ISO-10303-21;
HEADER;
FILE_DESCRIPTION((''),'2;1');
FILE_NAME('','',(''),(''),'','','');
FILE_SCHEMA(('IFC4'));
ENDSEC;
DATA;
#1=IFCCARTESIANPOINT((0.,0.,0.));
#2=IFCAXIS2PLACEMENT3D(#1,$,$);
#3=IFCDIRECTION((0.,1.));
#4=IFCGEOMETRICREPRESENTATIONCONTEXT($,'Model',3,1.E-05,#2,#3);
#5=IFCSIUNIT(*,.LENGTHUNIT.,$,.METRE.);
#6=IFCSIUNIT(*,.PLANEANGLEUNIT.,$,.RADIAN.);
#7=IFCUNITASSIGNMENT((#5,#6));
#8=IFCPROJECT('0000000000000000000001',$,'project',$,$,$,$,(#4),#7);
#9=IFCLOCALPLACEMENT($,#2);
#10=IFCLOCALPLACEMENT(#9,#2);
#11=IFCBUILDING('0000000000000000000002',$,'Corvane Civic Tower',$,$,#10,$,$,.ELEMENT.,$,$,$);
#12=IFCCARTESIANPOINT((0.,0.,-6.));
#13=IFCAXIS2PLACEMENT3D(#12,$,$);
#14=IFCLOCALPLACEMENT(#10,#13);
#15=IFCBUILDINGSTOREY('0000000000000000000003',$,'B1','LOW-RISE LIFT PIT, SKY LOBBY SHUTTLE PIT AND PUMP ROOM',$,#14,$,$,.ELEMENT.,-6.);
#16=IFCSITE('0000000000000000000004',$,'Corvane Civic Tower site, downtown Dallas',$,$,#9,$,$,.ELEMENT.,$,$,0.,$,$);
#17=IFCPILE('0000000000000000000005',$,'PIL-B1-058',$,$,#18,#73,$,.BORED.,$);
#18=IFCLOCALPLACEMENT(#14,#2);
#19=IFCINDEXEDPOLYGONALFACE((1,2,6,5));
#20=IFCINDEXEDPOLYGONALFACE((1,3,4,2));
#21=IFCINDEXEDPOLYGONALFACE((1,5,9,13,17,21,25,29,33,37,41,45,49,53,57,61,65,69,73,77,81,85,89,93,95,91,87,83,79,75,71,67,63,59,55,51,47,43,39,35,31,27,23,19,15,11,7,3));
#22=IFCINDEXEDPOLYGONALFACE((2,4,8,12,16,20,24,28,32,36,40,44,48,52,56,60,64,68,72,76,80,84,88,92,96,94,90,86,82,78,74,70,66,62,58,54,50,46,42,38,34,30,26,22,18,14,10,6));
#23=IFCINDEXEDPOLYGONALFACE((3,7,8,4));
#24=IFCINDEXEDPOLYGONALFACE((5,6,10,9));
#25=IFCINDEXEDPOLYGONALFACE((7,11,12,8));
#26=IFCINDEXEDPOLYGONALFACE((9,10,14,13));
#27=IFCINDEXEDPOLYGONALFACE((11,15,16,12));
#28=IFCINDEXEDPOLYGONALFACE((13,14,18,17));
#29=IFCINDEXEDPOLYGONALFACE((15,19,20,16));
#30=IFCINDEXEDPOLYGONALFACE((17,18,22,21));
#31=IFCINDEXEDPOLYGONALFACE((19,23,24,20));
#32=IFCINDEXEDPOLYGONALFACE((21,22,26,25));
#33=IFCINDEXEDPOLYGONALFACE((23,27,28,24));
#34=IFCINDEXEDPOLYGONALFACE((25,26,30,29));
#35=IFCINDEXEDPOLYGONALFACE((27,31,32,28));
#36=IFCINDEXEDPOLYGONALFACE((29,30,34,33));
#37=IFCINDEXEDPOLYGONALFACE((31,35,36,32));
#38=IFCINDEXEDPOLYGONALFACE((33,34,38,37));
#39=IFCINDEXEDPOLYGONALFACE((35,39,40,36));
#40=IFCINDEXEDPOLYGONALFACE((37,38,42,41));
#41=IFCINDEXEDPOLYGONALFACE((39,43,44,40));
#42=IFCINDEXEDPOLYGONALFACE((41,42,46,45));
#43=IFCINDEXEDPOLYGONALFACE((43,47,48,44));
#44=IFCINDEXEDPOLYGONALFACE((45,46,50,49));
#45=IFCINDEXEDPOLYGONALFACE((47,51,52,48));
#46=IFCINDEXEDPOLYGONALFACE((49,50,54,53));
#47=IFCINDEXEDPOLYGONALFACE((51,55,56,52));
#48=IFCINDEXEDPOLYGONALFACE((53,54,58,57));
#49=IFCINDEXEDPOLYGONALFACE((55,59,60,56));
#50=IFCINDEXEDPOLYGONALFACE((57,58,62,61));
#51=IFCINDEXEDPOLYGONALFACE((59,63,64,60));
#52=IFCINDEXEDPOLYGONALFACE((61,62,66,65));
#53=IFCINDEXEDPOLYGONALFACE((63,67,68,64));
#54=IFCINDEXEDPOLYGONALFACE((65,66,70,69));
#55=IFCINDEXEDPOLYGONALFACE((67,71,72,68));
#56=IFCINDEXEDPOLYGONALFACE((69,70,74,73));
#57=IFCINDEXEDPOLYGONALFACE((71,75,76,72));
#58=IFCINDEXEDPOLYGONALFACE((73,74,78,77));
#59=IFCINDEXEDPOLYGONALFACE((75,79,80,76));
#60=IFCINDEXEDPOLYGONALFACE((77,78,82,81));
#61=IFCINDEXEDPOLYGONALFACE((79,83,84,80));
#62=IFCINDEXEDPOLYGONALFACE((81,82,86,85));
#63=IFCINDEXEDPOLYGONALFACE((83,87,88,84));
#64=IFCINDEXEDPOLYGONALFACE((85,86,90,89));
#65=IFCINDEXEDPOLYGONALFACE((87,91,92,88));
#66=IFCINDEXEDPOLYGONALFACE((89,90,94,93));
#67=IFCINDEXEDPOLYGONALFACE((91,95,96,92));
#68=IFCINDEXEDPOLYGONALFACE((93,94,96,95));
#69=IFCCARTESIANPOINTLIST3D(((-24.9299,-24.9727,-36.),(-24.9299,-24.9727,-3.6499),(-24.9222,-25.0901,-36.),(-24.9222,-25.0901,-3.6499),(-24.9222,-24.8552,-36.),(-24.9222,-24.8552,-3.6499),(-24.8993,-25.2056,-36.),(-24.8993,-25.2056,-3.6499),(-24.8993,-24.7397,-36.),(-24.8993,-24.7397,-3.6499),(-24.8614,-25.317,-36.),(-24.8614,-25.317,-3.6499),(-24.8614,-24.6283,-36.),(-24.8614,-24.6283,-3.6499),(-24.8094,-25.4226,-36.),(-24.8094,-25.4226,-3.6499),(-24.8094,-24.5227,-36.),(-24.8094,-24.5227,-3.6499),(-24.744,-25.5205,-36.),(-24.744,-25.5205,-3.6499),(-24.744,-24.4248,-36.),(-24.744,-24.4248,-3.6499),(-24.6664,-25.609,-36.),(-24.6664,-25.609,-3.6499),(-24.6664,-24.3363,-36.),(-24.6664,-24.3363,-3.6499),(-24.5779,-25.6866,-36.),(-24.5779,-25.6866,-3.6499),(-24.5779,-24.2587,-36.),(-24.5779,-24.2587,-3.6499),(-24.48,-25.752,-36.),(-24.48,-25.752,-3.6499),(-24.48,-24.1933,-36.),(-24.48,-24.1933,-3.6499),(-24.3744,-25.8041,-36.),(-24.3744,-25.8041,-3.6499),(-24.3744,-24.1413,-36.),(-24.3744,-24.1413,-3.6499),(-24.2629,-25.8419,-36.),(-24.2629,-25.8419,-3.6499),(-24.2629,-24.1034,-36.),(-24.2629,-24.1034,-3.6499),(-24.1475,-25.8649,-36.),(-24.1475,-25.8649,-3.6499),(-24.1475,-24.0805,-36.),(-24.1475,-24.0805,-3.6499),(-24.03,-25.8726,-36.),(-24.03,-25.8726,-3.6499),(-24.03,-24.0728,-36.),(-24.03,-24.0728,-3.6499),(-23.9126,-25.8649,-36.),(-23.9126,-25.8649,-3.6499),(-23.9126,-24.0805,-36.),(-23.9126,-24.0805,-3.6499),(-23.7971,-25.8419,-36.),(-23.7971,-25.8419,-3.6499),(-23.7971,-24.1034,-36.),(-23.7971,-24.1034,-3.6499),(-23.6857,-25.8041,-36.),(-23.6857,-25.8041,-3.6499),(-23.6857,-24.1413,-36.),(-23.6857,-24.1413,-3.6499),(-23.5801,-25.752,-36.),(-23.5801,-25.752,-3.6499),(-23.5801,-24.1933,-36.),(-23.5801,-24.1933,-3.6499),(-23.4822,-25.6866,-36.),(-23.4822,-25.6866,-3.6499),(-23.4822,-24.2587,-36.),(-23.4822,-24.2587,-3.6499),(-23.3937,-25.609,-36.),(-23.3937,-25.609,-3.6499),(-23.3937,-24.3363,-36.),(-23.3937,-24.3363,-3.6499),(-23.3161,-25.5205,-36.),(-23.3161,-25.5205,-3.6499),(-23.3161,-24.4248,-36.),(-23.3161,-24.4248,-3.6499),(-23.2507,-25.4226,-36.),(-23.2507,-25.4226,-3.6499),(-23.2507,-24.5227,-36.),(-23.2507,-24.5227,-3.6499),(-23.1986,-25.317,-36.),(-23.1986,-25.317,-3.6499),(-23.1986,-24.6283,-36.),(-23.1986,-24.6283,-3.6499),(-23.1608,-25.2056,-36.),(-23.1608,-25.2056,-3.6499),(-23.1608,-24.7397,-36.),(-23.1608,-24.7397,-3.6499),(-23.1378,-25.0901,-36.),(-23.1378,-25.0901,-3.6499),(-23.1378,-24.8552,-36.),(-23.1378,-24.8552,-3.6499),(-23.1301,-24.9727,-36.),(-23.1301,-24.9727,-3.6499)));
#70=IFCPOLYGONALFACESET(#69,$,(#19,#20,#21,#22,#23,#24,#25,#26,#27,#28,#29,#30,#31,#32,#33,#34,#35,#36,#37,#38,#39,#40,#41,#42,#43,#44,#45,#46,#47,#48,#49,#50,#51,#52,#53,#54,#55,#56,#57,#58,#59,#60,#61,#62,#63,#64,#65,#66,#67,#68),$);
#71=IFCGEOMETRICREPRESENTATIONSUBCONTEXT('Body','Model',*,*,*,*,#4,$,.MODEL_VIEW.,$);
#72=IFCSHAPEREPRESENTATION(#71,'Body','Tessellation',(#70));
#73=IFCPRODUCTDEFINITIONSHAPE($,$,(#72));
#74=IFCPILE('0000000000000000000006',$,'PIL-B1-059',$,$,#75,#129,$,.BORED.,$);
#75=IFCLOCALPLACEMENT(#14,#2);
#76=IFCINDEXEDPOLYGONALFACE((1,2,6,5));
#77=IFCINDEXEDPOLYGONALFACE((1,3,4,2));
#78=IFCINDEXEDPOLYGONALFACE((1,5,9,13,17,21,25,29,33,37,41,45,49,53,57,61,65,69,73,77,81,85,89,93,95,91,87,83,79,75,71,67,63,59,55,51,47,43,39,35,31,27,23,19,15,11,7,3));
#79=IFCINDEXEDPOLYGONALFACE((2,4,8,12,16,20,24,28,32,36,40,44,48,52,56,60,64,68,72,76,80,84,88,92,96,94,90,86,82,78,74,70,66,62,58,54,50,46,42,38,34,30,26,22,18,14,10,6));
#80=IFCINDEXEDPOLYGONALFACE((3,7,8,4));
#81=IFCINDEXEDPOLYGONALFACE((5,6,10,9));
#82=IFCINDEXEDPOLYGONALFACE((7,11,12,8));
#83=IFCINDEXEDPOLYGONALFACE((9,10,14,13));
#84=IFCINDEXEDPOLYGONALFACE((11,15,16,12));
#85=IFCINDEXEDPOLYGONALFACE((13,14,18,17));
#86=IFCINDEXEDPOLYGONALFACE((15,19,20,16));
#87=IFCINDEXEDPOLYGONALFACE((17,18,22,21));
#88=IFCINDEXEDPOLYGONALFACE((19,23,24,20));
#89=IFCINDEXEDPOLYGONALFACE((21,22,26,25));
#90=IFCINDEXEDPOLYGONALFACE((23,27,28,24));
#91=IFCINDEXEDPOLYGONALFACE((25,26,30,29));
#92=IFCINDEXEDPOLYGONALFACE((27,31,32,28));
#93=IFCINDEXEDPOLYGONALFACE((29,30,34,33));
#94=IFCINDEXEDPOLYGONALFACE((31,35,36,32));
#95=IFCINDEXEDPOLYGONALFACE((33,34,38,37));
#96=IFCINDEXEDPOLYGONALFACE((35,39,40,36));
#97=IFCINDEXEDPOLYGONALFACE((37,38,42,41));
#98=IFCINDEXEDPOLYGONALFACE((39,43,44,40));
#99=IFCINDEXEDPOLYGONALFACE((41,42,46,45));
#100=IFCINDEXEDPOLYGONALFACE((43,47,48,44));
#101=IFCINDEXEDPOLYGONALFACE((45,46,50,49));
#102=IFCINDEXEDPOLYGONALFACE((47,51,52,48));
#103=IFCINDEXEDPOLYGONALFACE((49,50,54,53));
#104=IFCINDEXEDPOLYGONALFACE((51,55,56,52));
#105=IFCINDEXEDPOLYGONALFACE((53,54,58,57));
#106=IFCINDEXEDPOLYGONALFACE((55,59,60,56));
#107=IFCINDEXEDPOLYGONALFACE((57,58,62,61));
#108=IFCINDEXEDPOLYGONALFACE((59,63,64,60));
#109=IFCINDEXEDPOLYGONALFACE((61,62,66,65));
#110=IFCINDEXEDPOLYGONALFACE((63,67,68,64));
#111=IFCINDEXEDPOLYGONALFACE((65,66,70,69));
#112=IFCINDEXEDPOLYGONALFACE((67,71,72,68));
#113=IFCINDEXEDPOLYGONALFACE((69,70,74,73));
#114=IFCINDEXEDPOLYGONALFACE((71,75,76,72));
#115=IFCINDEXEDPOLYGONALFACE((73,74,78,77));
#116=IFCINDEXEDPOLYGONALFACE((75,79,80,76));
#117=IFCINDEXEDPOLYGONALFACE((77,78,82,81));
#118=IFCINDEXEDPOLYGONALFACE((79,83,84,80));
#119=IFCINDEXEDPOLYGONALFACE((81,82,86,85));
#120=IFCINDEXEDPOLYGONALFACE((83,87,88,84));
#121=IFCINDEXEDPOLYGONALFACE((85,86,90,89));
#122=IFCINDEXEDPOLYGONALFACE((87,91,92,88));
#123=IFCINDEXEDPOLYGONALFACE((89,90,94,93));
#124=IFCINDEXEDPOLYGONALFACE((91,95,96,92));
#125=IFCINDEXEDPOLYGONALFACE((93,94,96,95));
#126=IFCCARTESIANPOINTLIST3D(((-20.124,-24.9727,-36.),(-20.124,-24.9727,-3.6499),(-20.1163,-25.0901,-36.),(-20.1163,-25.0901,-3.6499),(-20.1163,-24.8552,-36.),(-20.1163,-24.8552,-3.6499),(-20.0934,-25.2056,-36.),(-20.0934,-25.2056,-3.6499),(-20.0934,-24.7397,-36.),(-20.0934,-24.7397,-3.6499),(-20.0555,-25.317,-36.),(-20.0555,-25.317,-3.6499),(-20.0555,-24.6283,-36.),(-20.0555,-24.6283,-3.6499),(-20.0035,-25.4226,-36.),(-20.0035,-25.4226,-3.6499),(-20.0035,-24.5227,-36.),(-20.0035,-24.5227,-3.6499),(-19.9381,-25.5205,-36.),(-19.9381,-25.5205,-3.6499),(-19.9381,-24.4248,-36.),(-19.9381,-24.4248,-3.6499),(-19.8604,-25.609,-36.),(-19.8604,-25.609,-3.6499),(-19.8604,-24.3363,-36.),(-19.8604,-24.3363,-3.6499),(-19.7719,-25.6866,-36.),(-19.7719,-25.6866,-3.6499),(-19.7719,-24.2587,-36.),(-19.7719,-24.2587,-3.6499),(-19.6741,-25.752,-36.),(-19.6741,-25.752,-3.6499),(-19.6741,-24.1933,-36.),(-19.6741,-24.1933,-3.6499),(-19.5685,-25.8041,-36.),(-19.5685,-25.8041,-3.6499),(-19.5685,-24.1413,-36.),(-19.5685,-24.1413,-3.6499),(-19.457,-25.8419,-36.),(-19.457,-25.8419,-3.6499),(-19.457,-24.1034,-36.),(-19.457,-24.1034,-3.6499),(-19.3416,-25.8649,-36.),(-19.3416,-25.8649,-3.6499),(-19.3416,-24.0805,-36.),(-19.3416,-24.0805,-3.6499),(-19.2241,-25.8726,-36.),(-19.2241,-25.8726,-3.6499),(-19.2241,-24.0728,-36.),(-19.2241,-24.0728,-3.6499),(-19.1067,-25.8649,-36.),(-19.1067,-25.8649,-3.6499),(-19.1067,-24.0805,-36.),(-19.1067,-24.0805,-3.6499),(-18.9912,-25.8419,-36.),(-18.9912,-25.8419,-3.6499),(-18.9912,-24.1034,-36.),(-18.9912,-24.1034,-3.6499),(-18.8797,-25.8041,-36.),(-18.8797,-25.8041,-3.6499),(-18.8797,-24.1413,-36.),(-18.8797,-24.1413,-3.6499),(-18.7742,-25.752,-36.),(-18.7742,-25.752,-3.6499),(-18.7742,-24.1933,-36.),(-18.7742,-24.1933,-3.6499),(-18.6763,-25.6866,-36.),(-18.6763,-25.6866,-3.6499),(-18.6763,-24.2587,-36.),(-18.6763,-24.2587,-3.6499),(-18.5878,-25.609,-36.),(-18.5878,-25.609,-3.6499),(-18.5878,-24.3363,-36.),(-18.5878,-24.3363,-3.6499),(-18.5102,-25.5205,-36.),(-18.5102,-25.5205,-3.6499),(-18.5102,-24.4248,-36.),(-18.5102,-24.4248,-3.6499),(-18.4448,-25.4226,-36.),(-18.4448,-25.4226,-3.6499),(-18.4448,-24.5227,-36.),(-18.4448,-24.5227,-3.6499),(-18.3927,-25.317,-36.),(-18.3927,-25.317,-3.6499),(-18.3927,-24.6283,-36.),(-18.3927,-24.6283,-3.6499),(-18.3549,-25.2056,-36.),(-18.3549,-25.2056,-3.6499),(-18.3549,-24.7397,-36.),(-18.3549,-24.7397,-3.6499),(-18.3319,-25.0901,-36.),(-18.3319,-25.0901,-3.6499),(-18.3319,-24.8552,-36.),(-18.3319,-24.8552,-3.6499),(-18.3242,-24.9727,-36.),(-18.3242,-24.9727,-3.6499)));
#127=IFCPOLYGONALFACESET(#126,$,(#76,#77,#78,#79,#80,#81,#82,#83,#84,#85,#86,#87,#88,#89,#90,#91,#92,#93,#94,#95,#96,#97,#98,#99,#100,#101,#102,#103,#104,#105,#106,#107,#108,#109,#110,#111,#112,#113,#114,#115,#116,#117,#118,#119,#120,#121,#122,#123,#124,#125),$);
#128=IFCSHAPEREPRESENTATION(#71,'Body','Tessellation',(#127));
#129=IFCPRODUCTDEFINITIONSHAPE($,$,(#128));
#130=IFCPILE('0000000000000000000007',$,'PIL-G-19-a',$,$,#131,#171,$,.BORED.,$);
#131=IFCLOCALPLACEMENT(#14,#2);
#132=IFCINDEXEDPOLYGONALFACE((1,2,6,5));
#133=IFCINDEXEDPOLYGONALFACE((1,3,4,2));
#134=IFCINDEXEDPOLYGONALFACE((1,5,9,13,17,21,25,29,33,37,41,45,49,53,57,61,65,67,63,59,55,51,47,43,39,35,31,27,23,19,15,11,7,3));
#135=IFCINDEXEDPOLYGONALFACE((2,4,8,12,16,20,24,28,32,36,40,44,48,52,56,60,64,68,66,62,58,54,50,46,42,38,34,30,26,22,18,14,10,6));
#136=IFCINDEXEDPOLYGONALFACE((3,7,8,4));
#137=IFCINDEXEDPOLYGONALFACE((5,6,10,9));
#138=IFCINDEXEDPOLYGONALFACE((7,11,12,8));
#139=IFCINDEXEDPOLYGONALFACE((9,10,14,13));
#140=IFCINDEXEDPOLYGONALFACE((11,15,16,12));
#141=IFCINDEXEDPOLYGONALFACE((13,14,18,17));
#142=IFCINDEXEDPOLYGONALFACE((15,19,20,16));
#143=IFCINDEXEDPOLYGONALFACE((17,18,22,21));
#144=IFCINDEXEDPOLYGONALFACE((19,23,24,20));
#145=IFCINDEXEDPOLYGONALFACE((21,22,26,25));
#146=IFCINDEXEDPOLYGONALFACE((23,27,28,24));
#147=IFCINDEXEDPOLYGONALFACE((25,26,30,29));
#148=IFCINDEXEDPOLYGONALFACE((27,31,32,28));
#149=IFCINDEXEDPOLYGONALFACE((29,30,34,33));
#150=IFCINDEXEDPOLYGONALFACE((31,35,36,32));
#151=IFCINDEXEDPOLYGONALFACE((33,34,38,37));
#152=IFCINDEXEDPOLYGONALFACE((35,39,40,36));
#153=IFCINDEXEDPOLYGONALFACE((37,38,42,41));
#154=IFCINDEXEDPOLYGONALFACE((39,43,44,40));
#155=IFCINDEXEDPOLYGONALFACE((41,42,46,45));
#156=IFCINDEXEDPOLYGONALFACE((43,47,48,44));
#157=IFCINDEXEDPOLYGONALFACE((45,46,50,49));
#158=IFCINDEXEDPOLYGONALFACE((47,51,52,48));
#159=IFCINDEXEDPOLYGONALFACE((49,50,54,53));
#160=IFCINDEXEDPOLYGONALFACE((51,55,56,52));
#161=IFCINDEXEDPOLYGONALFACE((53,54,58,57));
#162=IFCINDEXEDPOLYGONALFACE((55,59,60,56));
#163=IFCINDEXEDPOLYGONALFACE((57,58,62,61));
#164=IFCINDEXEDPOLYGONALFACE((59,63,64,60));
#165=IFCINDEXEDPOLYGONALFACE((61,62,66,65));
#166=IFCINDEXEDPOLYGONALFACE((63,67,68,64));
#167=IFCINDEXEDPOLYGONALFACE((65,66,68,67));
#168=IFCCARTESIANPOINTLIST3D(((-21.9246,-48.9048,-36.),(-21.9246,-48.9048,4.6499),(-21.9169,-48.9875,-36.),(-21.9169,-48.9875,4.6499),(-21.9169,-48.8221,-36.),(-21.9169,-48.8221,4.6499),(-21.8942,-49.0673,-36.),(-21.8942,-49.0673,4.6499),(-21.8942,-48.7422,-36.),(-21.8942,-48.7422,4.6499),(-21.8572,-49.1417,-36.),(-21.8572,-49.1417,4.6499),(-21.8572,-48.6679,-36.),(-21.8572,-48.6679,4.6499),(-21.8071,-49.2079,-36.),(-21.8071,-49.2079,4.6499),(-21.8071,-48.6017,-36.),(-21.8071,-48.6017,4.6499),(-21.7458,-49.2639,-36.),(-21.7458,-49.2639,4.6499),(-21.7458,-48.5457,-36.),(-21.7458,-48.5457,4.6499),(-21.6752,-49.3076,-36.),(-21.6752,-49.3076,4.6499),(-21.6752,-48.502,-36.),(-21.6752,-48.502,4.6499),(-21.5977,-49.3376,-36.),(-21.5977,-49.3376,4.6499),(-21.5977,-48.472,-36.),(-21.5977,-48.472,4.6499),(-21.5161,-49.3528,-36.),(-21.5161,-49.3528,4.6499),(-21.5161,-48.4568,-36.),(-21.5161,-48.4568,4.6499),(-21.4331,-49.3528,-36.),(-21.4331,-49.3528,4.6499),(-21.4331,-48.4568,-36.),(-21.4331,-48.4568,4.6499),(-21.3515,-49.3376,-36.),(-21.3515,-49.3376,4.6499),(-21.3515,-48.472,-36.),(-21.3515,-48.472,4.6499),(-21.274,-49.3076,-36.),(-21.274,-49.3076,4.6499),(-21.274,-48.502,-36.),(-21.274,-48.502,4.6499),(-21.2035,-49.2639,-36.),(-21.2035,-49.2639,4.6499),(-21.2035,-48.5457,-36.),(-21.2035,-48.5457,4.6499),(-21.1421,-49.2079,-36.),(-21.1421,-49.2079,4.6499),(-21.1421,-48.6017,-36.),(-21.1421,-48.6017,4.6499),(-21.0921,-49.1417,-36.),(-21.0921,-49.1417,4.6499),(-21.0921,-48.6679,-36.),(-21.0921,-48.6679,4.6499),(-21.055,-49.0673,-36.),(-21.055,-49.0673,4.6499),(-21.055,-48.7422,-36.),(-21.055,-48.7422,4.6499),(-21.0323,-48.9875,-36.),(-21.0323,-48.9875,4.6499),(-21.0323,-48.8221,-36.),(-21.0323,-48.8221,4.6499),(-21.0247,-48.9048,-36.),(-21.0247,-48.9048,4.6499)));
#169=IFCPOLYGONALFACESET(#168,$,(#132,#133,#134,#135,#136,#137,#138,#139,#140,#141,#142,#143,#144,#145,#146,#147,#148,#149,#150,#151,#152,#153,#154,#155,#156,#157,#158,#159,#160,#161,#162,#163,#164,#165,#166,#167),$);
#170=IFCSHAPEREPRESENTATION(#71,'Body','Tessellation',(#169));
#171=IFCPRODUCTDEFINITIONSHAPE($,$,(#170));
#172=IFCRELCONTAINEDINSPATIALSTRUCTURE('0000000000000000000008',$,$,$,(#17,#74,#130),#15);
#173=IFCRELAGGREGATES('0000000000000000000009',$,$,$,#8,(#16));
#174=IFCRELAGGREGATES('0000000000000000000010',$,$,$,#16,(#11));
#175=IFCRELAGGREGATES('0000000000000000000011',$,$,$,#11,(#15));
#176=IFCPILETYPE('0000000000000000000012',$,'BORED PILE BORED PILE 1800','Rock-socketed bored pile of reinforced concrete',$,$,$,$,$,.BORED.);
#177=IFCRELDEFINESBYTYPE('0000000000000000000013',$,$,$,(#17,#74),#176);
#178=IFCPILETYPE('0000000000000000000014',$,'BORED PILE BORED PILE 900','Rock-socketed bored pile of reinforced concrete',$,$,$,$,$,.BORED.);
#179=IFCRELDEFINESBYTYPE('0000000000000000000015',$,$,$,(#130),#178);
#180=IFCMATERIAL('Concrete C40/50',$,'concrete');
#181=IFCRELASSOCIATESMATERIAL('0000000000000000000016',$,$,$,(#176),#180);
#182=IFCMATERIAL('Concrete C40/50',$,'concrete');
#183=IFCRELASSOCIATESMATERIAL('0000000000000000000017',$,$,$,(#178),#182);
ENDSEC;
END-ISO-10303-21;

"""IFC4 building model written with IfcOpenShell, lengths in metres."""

from ifc_helpers import new_model, si_unit, direction, frame, origin, origin_2d, place, context, subcontext, project, spatial, circle, extrude, material, material_profile, profile_set, type_object, element, save


model = new_model("IFC4")

# Units and contexts
model_context = context("Model", 3, precision=1e-05, world=origin(), true_north=direction((0.0, 1.0)))
body_context = subcontext(model_context, "Body", "Model", "MODEL_VIEW")
ifc_project = project(units=[si_unit("LENGTHUNIT", "METRE"), si_unit("PLANEANGLEUNIT", "RADIAN")], contexts=[model_context])

# Site, building, storey
site_placement = place(None, origin())
site = spatial("IfcSite", under=ifc_project, at=site_placement, Name="Corvane Civic Tower site, downtown Dallas", CompositionType="ELEMENT", RefElevation=0.0)
building_placement = place(site_placement, origin())
building = spatial("IfcBuilding", under=site, at=building_placement, Name="Corvane Civic Tower", CompositionType="ELEMENT")
storey_placement = place(building_placement, frame((0.0, 0.0, -6.0)))
storey = spatial("IfcBuildingStorey", under=building, at=storey_placement, Name="B1", Description="LOW-RISE LIFT PIT, SKY LOBBY SHUTTLE PIT AND PUMP ROOM", CompositionType="ELEMENT", Elevation=-6.0)

# Piles
ifc_material_1 = material(Name="Concrete C40/50", Category="concrete")
ifc_material_profile_1 = material_profile(ifc_material_1, circle(Radius=0.8999, at=origin_2d()), Name="BORED PILE 1800")
ifc_profile_set_1 = profile_set([ifc_material_profile_1], Name="Concrete C40/50")
pile_type_1 = type_object("IfcPileType", Name="BORED PILE BORED PILE 1800", Description="Rock-socketed bored pile of reinforced concrete", PredefinedType="BORED", material=ifc_profile_set_1)
for number, where, z_axis, x_axis, name in (
    (1, (-24.03, -24.9727, -3.6499), (0.0, 0.0, -1.0), (1.0, 0.0, 0.0), "PIL-B1-058"),
    (2, (-19.2241, -24.9727, -3.6499), (0.0, 0.0, -1.0), (1.0, 0.0, 0.0), "PIL-B1-059"),
):
    element("IfcPile", number, at=place(storey_placement, frame(where, z_axis=z_axis, x_axis=x_axis)), inside=storey, type_object=pile_type_1, Name=name, PredefinedType="BORED", context=body_context, shape_type="SweptSolid", body=[
        extrude(circle(Radius=0.8999, at=origin_2d()), origin(), (0.0, 0.0, 1.0), 32.3501),
    ])
ifc_material_2 = material(Name="Concrete C40/50", Category="concrete")
ifc_material_profile_2 = material_profile(ifc_material_2, circle(Radius=0.45, at=origin_2d()), Name="BORED PILE 900")
ifc_profile_set_2 = profile_set([ifc_material_profile_2], Name="Concrete C40/50")
pile_type_2 = type_object("IfcPileType", Name="BORED PILE BORED PILE 900", Description="Rock-socketed bored pile of reinforced concrete", PredefinedType="BORED", material=ifc_profile_set_2)
for number, where, z_axis, x_axis, name in (
    (3, (-21.4746, -48.9048, 4.6499), (0.0, 0.0, -1.0), (1.0, 0.0, 0.0), "PIL-G-19-a"),
):
    element("IfcPile", number, at=place(storey_placement, frame(where, z_axis=z_axis, x_axis=x_axis)), inside=storey, type_object=pile_type_2, Name=name, PredefinedType="BORED", context=body_context, shape_type="SweptSolid", body=[
        extrude(circle(Radius=0.45, at=origin_2d()), origin(), (0.0, 0.0, 1.0), 40.6499),
    ])

save(model, "model.ifc")
